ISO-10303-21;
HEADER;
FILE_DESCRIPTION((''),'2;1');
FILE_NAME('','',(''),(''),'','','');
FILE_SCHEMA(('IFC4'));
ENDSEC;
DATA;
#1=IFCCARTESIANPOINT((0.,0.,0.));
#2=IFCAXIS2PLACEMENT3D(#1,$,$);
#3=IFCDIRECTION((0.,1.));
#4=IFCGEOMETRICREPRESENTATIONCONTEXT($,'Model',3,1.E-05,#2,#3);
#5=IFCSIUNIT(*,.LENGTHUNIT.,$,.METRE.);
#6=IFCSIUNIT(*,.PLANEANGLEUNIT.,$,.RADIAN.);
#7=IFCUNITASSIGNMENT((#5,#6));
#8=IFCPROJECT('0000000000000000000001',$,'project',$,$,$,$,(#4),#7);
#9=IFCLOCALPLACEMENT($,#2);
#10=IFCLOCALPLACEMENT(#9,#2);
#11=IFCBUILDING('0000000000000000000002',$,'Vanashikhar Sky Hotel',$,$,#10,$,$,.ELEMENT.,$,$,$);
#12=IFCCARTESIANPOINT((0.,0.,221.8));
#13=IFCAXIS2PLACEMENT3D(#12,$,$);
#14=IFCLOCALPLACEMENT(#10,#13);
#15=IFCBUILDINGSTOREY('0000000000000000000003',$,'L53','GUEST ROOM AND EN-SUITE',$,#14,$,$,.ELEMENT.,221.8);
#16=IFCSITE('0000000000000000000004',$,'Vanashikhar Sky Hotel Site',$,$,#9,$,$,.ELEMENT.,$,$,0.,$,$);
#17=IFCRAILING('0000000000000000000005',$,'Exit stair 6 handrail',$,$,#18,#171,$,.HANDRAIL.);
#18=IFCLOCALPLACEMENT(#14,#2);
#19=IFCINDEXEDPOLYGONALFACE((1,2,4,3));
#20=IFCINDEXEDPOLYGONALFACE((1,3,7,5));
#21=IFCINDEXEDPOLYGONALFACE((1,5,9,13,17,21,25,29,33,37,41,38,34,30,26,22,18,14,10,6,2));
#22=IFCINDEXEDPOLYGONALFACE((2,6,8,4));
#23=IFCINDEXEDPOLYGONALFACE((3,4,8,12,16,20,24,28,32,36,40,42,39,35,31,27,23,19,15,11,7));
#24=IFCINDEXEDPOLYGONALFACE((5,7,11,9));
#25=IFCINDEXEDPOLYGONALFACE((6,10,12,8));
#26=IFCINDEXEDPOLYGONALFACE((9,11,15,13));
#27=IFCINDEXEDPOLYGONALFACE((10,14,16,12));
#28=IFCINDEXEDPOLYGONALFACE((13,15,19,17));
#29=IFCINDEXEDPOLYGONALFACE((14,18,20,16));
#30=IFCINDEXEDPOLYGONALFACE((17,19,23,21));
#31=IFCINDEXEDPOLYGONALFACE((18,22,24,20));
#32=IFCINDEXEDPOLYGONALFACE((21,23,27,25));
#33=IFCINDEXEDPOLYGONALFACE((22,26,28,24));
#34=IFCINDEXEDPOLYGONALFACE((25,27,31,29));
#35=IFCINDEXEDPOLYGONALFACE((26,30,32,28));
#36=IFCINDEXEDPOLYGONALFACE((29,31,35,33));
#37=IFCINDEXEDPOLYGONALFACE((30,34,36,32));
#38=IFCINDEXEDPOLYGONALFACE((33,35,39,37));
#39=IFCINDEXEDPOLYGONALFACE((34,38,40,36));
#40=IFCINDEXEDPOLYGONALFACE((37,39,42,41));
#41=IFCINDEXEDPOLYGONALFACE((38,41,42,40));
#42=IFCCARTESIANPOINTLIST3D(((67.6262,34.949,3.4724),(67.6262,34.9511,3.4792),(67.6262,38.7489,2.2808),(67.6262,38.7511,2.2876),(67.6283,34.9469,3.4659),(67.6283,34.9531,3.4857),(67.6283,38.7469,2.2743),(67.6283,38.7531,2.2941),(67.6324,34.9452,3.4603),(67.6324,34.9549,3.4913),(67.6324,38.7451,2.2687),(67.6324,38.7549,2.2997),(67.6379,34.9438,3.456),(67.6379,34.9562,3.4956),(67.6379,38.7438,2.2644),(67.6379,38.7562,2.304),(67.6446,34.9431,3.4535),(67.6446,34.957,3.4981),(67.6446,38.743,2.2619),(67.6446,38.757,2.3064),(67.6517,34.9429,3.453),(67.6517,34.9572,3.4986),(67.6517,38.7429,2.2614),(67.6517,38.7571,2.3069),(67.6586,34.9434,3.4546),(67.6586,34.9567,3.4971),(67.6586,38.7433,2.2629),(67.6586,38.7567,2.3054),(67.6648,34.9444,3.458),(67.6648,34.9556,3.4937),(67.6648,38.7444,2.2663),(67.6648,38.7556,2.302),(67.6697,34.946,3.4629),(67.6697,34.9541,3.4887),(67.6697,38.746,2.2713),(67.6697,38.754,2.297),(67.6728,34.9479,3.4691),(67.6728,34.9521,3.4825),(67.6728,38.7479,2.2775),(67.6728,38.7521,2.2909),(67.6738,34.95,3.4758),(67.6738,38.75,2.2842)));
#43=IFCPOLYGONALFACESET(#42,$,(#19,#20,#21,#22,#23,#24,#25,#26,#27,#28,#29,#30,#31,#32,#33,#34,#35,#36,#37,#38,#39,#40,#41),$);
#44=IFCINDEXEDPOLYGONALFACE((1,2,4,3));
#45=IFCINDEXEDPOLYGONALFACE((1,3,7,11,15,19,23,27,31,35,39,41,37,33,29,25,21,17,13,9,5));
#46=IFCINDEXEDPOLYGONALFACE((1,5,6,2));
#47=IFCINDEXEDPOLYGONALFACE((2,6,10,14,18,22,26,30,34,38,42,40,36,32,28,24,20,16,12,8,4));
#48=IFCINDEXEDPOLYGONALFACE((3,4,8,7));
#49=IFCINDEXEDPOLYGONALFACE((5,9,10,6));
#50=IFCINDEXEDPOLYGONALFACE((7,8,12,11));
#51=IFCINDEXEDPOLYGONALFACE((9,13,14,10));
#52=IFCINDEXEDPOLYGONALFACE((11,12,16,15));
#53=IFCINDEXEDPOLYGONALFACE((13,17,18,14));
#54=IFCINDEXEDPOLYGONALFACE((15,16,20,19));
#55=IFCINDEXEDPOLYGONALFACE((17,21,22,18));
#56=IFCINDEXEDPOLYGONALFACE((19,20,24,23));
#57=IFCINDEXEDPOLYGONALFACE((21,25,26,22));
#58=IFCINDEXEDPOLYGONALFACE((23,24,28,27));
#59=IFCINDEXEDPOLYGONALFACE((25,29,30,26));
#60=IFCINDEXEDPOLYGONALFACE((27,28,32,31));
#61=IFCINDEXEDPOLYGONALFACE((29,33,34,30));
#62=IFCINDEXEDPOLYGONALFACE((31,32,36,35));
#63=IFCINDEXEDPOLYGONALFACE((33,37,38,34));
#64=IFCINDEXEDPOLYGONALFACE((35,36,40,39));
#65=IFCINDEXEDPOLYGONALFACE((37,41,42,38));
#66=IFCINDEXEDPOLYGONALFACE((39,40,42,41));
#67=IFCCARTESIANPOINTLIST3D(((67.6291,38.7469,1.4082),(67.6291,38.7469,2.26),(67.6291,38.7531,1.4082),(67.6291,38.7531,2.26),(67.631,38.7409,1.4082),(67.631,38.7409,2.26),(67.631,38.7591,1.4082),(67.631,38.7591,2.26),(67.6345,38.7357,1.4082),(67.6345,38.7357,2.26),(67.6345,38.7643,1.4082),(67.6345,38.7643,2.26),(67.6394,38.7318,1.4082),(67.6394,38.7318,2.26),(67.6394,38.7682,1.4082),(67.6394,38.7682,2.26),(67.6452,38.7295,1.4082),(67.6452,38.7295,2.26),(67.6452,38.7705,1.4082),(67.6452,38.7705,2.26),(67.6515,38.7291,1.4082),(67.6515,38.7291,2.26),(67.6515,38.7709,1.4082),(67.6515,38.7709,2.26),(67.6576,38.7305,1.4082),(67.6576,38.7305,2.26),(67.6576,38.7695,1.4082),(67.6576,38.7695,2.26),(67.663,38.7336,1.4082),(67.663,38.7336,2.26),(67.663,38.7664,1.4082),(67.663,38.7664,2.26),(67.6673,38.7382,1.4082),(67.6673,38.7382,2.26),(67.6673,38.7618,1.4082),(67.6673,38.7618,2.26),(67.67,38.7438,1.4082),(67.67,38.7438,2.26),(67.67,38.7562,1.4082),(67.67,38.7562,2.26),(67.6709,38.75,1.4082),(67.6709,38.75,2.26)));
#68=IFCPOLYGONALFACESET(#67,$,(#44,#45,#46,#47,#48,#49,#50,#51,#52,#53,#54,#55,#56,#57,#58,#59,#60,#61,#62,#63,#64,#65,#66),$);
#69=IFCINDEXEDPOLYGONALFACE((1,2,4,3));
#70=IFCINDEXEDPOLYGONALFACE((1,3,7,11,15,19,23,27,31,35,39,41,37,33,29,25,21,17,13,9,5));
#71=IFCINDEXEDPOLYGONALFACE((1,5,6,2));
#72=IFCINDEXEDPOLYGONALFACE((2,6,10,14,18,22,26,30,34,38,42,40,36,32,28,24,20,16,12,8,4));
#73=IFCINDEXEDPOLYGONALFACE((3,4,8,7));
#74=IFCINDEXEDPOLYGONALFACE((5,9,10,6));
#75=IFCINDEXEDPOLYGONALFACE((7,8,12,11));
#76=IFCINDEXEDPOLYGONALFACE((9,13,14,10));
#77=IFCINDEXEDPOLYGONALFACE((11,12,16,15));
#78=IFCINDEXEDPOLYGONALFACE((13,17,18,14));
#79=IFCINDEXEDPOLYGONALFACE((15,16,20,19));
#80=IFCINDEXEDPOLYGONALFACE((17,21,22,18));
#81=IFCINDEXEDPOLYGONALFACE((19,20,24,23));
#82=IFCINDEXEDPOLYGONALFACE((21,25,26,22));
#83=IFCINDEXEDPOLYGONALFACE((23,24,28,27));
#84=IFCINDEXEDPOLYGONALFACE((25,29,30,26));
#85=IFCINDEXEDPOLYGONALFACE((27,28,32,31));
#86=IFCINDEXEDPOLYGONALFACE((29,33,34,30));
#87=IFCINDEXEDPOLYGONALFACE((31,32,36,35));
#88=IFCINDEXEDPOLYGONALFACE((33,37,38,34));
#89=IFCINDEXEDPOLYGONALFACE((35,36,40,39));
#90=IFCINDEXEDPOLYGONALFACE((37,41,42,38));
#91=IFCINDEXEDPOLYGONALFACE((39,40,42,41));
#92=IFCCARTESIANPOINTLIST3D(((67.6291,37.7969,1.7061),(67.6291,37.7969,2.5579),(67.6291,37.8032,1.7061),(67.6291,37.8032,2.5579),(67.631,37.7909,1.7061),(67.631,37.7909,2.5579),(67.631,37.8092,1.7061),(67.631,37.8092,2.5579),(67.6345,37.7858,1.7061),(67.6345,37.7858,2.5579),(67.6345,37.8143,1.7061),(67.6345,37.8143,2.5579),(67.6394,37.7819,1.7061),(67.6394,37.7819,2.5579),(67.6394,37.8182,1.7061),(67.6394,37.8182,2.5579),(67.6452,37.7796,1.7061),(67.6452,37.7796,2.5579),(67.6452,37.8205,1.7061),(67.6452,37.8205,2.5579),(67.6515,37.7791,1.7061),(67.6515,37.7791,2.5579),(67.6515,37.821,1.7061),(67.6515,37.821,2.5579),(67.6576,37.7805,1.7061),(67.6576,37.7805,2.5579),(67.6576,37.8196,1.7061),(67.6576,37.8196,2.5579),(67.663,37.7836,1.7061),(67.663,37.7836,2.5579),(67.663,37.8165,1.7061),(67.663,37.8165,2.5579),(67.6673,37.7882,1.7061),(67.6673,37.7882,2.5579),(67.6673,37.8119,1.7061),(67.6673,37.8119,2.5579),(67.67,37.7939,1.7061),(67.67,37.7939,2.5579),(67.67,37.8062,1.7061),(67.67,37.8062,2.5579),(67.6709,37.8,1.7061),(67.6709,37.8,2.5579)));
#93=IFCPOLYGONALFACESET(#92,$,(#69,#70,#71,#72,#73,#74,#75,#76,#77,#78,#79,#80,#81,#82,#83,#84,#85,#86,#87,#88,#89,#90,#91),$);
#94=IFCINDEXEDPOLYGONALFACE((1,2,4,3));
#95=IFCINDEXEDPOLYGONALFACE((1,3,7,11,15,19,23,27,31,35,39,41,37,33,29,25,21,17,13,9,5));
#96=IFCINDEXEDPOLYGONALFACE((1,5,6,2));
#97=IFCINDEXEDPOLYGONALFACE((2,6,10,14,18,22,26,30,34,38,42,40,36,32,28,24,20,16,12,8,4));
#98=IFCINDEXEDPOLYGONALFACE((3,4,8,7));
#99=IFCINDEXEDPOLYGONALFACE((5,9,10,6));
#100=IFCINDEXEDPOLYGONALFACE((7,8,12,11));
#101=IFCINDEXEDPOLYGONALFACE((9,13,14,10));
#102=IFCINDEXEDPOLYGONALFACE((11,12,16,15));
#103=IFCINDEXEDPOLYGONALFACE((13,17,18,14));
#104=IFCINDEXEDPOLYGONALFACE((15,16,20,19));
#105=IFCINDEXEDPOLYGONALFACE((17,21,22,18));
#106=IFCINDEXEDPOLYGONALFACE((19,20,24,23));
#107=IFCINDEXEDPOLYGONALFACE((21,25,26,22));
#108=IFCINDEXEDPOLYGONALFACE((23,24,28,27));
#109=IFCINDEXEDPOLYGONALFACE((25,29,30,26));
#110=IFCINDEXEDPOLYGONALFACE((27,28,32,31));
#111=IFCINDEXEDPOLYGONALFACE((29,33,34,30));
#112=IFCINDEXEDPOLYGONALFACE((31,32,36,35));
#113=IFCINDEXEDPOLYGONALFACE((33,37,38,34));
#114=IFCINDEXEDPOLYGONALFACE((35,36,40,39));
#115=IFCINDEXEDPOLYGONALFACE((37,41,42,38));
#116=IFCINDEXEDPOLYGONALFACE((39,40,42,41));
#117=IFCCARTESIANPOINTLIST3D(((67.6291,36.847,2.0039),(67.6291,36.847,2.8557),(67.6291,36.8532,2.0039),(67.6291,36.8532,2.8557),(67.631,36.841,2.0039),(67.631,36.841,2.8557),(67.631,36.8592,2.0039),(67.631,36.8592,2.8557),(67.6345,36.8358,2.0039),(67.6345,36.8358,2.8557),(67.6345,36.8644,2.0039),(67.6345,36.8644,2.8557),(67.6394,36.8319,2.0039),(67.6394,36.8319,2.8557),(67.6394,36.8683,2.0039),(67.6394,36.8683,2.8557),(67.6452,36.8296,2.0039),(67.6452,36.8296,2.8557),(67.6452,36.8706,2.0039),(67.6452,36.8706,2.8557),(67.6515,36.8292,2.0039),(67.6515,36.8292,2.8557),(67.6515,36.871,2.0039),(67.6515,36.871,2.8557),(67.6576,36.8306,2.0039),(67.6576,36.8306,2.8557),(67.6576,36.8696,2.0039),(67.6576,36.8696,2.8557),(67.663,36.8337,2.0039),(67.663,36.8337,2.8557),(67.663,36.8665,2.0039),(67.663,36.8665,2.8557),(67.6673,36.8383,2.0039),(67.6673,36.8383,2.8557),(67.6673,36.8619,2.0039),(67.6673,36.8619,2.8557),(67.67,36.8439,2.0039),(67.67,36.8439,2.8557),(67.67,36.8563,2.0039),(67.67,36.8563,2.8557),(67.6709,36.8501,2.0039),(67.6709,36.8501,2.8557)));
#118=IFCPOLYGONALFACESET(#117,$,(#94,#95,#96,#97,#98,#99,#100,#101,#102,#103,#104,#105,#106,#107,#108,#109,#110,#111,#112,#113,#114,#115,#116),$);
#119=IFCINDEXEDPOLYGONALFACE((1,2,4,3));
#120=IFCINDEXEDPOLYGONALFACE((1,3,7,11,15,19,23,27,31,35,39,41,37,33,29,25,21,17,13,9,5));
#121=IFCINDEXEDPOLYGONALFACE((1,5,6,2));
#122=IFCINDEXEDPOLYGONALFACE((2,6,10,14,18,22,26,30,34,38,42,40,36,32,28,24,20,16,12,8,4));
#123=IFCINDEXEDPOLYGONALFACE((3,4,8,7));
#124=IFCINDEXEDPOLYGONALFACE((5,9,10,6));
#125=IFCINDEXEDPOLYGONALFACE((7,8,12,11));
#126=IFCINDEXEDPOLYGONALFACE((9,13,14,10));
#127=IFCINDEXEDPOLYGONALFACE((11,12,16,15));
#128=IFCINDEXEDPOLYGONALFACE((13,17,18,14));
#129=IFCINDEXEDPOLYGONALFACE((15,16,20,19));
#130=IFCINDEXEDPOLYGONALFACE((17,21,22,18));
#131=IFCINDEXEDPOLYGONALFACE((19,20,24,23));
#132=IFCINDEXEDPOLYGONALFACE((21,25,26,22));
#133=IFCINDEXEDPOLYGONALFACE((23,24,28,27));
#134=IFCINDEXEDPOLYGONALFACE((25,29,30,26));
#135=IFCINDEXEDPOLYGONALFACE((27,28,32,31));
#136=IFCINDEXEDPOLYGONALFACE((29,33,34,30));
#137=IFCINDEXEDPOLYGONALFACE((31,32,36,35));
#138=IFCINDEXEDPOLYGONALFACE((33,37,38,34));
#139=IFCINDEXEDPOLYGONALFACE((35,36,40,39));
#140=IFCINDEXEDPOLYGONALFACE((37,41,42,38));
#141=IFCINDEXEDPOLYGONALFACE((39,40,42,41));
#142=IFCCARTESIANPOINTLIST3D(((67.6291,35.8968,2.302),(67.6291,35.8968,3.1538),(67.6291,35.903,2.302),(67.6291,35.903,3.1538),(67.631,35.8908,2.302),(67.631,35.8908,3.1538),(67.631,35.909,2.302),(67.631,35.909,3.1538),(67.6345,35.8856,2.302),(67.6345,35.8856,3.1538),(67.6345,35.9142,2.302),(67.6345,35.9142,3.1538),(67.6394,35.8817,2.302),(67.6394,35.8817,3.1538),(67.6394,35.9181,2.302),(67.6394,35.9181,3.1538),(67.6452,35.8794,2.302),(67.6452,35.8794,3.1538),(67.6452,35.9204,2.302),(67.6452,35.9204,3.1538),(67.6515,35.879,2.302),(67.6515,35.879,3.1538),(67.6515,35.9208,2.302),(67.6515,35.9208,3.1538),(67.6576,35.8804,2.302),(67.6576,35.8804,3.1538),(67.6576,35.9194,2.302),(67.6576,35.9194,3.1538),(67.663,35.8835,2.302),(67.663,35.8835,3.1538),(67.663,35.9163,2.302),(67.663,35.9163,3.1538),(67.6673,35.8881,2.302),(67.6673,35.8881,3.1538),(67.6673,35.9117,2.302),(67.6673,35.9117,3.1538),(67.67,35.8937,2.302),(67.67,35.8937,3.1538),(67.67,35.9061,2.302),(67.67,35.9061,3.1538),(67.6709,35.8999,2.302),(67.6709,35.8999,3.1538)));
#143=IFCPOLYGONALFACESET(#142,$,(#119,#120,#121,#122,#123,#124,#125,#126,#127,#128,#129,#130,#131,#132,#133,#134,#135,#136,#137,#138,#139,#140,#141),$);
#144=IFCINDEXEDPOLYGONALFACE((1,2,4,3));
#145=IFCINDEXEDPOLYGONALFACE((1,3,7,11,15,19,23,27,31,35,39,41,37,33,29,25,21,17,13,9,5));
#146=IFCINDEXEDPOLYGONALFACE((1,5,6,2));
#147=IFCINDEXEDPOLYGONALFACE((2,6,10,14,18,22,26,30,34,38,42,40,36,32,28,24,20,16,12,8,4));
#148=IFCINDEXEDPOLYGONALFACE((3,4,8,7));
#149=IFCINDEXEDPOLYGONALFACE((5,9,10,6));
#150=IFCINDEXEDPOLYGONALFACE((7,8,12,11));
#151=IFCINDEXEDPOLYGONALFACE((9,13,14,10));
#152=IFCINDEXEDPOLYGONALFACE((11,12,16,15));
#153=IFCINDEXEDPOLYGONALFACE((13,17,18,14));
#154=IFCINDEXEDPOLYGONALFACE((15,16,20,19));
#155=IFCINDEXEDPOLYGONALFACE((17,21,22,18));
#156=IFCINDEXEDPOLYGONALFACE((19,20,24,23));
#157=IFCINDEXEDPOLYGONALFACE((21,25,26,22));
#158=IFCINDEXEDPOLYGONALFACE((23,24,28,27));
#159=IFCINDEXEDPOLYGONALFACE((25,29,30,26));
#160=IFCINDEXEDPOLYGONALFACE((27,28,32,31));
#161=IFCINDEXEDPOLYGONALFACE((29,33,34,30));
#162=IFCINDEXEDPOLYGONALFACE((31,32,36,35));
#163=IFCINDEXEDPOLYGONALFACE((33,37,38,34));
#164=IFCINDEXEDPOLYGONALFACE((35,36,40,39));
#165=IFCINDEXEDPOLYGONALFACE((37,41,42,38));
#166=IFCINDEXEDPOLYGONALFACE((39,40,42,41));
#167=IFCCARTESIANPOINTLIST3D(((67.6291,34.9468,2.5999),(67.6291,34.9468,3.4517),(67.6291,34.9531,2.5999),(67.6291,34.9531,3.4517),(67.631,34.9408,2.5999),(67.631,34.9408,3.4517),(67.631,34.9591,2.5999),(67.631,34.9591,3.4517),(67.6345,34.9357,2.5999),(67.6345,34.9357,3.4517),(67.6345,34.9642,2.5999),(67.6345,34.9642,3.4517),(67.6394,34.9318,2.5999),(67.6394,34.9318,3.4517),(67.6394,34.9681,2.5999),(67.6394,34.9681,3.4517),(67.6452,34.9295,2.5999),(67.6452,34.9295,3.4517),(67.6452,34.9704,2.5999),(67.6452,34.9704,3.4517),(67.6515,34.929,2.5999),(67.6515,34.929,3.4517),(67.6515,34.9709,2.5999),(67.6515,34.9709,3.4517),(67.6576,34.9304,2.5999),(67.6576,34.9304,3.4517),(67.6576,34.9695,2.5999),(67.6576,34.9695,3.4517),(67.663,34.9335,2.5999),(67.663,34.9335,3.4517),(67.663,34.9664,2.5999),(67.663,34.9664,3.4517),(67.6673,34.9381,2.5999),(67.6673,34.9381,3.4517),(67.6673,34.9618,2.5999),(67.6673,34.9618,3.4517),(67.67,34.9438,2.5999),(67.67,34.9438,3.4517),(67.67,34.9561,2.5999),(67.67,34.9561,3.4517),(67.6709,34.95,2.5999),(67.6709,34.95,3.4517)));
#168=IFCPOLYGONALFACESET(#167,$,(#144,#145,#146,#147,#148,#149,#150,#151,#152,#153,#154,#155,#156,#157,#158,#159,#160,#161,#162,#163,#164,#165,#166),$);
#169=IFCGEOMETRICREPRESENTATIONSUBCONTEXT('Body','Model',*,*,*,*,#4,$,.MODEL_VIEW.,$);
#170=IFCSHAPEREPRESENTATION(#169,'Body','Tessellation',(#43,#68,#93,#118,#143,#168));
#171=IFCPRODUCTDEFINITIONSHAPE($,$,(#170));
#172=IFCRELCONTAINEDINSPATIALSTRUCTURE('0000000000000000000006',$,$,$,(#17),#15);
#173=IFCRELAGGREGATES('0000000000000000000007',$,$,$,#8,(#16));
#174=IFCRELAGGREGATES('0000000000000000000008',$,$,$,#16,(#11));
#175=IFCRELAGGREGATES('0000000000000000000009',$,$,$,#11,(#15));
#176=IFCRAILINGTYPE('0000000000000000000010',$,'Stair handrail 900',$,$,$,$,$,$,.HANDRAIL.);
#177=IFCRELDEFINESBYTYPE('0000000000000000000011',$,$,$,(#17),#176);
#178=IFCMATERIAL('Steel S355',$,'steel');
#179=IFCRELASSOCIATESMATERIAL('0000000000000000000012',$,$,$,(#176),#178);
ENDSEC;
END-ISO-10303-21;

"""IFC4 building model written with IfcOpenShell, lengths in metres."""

from ifc_helpers import new_model, si_unit, direction, frame, origin, origin_2d, place, context, subcontext, project, spatial, circle, extrude, source, transform, mapped, material, type_object, element, save


model = new_model("IFC4")

# Units and contexts
model_context = context("Model", 3, precision=1e-05, world=origin(), true_north=direction((0.0, 1.0)))
body_context = subcontext(model_context, "Body", "Model", "MODEL_VIEW")
ifc_project = project(units=[si_unit("LENGTHUNIT", "METRE"), si_unit("PLANEANGLEUNIT", "RADIAN")], contexts=[model_context])

# Site, building, storey
site_placement = place(None, origin())
site = spatial("IfcSite", under=ifc_project, at=site_placement, Name="Vanashikhar Sky Hotel Site", CompositionType="ELEMENT", RefElevation=0.0)
building_placement = place(site_placement, origin())
building = spatial("IfcBuilding", under=site, at=building_placement, Name="Vanashikhar Sky Hotel", CompositionType="ELEMENT")
storey_placement = place(building_placement, frame((0.0, 0.0, 221.8)))
storey = spatial("IfcBuildingStorey", under=building, at=storey_placement, Name="L53", Description="GUEST ROOM AND EN-SUITE", CompositionType="ELEMENT", Elevation=221.8)

# Railing
ifc_material_1 = material(Name="Steel S355", Category="steel")
railing_type_1 = type_object("IfcRailingType", Name="Stair handrail 900", PredefinedType="HANDRAIL", material=ifc_material_1)
shared_shape_1 = source(origin(), body_context, "Body", "SweptSolid", [
    extrude(circle(Radius=0.0239, at=origin_2d()), frame((0.0, 0.0, 0.876), z_axis=(0.0, -0.954184, 0.299221), x_axis=(1.0, 0.0, 0.0)), (0.0, 0.0, 1.0), 3.9824),
    extrude(circle(Radius=0.021, at=origin_2d()), origin(), (0.0, 0.0, 1.0), 0.8518),
    extrude(circle(Radius=0.021, at=origin_2d()), frame((0.0, -0.95, 0.2979)), (0.0, 0.0, 1.0), 0.8518),
    extrude(circle(Radius=0.021, at=origin_2d()), frame((0.0, -1.8999, 0.5957)), (0.0, 0.0, 1.0), 0.8518),
    extrude(circle(Radius=0.021, at=origin_2d()), frame((0.0, -2.8501, 0.8938)), (0.0, 0.0, 1.0), 0.8518),
    extrude(circle(Radius=0.021, at=origin_2d()), frame((0.0, -3.8, 1.1917)), (0.0, 0.0, 1.0), 0.8518),
])
railing_1_placement = place(storey_placement, frame((67.6499, 38.75, 1.4082)))
element("IfcRailing", 1, at=railing_1_placement, inside=storey, type_object=railing_type_1, Name="Exit stair 6 handrail", PredefinedType="HANDRAIL", context=body_context, shape_type="MappedRepresentation", body=[
    mapped(shared_shape_1, transform((0.0, 0.0, 0.0), scale=1.0)),
])

save(model, "model.ifc")
